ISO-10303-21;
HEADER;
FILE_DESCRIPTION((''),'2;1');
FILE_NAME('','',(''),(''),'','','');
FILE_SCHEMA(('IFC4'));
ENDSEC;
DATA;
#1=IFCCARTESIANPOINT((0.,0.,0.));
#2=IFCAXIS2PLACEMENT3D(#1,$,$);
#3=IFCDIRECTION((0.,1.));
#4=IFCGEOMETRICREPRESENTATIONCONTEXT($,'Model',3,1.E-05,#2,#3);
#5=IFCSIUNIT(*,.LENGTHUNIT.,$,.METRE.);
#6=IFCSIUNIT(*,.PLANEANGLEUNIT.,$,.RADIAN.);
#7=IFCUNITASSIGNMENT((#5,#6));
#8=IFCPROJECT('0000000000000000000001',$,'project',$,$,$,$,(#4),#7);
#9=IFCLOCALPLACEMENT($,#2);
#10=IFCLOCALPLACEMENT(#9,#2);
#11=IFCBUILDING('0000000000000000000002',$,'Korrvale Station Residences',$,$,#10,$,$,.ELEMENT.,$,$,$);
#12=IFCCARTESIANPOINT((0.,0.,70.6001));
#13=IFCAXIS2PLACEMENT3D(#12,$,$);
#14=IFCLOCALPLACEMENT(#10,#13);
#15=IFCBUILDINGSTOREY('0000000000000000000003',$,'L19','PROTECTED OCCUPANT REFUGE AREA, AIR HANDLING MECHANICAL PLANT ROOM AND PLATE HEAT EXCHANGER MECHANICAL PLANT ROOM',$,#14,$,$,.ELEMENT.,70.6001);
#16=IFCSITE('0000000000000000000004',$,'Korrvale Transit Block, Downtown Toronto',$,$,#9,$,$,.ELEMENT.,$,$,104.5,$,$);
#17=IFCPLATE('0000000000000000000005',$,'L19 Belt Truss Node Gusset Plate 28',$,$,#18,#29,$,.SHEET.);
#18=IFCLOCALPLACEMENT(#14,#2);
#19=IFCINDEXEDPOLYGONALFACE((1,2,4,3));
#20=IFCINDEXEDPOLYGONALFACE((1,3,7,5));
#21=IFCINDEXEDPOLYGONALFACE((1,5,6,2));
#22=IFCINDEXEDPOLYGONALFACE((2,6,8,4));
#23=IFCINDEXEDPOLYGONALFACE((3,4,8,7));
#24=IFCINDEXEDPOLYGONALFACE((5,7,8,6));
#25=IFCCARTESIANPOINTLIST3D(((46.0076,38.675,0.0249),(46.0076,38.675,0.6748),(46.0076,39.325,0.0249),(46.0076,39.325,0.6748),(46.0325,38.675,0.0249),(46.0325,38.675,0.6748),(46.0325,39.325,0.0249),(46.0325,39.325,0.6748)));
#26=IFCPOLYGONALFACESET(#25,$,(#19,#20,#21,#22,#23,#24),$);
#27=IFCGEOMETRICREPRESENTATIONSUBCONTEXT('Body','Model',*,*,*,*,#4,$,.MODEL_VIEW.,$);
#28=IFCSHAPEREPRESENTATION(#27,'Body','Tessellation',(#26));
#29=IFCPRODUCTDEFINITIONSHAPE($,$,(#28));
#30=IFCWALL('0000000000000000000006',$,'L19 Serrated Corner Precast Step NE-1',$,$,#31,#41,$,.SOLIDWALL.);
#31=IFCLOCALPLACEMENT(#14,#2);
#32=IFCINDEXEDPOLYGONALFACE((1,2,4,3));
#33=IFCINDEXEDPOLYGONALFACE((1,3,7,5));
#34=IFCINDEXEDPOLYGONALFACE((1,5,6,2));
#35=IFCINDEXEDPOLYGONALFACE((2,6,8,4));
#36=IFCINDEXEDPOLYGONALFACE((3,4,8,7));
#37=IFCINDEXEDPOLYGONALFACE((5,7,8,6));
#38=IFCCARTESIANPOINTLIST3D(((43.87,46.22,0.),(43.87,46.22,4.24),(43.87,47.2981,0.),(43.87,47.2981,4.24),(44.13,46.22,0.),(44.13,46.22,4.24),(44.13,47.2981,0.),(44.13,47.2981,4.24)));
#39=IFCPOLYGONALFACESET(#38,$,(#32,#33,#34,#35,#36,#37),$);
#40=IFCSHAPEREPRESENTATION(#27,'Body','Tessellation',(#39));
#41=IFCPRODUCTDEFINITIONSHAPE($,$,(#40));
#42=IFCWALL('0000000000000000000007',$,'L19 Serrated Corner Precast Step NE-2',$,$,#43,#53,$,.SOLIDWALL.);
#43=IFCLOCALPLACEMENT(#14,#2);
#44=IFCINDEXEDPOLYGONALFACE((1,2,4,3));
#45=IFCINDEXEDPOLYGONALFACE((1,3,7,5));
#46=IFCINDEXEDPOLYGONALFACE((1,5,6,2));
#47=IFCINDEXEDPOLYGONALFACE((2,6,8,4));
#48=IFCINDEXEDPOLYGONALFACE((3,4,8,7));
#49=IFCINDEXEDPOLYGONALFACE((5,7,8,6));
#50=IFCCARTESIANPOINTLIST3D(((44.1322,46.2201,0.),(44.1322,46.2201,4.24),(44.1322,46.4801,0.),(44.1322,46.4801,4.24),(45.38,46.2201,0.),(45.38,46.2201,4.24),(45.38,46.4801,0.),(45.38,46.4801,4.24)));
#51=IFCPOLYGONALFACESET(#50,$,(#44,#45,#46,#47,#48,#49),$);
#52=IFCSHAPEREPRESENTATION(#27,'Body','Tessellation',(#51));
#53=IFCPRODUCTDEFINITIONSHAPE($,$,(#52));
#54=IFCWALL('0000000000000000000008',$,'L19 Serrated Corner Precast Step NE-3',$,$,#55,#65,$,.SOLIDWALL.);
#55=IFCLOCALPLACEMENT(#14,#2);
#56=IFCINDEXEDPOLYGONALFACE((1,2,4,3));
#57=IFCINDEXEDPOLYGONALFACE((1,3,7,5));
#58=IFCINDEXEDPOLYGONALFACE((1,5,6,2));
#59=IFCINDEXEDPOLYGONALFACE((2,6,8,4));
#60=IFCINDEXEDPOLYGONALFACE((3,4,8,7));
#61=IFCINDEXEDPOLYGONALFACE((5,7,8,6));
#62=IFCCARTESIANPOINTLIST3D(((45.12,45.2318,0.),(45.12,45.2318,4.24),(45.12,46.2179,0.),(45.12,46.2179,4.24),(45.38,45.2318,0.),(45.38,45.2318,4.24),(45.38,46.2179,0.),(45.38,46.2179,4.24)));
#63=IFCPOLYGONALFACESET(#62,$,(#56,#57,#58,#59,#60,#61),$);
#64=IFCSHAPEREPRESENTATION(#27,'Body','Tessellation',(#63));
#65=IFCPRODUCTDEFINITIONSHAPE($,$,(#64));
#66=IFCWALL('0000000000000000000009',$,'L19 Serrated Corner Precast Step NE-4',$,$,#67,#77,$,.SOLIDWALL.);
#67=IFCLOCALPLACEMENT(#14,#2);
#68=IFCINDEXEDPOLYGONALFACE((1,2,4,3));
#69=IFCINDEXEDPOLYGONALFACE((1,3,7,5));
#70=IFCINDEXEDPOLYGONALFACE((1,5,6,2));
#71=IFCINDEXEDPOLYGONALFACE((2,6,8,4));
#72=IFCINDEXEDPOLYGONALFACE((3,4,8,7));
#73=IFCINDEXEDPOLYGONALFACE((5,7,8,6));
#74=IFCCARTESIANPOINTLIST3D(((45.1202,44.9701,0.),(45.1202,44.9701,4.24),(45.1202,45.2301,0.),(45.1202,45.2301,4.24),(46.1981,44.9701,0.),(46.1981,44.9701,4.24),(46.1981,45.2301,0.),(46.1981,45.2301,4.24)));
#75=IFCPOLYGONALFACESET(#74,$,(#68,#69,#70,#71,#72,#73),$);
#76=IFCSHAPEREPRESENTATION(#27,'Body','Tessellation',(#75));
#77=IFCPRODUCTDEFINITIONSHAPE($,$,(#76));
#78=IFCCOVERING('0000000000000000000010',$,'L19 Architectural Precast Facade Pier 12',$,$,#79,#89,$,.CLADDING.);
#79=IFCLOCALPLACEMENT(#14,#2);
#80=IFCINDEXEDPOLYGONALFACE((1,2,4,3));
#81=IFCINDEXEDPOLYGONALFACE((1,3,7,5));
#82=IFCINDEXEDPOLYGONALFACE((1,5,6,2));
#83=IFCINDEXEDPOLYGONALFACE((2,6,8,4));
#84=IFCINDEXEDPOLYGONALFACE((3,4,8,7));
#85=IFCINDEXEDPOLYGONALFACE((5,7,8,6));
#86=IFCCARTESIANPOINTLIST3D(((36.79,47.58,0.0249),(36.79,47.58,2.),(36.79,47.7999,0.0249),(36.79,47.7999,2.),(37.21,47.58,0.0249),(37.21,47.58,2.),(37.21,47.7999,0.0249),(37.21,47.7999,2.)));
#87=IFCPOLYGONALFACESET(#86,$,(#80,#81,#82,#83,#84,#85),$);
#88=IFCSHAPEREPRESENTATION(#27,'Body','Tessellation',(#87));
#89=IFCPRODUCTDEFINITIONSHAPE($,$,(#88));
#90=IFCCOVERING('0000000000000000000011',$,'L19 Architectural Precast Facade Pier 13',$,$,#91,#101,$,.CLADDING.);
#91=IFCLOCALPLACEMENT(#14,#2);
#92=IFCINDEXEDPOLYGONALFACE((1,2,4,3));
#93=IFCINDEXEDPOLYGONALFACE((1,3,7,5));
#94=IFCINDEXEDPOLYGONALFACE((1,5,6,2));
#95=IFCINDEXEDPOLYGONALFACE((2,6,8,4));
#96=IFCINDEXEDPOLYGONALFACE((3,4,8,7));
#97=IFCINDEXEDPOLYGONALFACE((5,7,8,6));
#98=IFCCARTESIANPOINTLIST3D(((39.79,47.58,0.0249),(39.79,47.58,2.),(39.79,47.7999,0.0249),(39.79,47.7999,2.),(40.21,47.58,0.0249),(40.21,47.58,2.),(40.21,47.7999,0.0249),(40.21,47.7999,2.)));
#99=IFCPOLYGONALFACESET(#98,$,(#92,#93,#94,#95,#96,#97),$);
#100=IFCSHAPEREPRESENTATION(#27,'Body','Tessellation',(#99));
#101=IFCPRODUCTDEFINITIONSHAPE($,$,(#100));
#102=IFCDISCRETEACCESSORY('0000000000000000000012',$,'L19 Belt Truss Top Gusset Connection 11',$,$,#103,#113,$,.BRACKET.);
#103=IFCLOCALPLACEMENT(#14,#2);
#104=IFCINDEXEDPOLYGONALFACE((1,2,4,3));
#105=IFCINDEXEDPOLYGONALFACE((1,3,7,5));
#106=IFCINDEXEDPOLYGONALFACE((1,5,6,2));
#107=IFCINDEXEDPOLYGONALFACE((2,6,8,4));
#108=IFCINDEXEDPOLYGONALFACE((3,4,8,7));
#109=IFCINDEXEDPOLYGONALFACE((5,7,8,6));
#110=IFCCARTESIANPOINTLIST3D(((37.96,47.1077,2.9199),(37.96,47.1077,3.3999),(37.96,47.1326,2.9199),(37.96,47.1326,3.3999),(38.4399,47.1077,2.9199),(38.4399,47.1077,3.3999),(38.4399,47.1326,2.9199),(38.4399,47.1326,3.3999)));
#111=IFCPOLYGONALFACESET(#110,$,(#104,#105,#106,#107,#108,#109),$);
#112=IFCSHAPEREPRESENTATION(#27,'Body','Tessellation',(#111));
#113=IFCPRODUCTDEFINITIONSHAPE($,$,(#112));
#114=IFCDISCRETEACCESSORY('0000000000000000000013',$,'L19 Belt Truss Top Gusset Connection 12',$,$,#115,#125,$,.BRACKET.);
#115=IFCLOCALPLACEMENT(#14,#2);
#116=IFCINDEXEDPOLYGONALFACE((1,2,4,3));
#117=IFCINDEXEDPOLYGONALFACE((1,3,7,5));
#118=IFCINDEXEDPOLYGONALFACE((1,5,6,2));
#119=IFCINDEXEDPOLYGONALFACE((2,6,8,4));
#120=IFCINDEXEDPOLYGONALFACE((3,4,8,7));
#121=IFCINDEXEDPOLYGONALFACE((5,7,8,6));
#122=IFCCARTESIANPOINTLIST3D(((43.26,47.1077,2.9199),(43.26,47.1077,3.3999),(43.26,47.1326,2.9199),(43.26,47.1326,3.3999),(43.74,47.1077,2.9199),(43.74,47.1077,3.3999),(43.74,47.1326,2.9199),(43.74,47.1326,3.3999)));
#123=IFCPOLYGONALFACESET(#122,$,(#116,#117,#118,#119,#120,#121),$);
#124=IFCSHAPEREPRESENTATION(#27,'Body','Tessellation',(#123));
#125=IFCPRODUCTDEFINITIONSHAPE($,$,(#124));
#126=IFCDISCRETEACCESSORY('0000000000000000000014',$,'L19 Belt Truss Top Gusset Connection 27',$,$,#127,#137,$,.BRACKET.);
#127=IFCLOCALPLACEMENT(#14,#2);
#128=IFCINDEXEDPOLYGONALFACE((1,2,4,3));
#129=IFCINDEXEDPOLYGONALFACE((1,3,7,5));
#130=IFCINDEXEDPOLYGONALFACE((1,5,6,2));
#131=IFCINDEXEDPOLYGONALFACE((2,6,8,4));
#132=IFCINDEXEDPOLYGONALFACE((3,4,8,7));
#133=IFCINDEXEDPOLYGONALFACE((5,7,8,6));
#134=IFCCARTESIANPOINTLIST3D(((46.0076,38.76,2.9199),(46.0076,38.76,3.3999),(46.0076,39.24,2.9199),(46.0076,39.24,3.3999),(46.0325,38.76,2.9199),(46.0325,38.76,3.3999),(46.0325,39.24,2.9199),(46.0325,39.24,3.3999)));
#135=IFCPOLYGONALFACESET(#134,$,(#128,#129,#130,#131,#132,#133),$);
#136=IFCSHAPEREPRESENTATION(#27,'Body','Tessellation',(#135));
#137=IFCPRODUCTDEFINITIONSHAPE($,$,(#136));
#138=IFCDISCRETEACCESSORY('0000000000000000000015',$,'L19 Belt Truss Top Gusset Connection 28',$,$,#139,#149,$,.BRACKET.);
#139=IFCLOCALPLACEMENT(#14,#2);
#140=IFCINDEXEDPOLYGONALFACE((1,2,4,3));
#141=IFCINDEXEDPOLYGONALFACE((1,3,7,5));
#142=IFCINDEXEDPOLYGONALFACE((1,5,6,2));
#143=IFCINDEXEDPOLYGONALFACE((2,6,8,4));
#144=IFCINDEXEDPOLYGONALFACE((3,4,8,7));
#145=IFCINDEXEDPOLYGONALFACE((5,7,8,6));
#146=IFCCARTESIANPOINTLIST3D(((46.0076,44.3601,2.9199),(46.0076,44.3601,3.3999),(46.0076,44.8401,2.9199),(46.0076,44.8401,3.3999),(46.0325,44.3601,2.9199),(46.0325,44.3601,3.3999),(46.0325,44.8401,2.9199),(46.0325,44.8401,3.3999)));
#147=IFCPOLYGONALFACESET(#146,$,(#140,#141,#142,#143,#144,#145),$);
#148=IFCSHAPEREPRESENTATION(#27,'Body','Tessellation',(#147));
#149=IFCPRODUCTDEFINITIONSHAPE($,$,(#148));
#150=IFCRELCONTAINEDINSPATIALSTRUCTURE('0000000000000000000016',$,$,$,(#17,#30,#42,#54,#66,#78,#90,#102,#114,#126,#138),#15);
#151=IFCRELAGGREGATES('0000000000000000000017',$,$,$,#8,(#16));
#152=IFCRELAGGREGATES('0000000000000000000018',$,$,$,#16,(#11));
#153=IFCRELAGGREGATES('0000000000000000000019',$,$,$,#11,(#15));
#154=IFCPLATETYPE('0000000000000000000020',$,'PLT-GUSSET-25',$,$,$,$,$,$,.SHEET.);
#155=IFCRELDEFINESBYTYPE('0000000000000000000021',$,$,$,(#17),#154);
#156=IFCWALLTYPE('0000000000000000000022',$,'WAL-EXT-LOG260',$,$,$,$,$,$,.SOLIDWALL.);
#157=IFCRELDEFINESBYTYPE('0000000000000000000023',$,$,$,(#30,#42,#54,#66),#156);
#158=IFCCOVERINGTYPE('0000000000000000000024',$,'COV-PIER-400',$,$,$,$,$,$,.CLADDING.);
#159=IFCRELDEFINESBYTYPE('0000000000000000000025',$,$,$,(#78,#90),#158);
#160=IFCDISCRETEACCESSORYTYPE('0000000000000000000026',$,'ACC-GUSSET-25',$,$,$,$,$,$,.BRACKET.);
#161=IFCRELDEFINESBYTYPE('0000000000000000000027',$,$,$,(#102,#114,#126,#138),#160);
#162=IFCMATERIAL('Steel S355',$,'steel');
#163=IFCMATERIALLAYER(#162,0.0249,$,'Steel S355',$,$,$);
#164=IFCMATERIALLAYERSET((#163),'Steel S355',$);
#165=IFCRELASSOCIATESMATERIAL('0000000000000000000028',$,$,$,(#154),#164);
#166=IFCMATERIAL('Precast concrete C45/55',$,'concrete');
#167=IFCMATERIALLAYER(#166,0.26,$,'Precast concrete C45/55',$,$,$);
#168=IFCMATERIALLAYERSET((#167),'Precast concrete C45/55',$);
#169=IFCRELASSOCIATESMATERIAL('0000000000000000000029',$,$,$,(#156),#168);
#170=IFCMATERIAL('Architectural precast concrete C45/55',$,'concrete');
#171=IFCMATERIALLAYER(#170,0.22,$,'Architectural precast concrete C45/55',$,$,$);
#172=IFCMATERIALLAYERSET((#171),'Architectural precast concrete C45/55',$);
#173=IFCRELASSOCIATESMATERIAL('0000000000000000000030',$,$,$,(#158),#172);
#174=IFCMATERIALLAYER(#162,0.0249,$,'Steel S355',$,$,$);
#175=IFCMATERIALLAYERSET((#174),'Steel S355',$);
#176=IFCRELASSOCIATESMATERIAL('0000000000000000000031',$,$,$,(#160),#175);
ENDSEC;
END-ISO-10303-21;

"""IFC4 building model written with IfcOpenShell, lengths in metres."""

from ifc_helpers import new_model, si_unit, direction, frame, frame_2d, origin, origin_2d, place, context, subcontext, project, spatial, rectangle, extrude, material, layer, layer_set, type_object, element, save


model = new_model("IFC4")

# Units and contexts
model_context = context("Model", 3, precision=1e-05, world=origin(), true_north=direction((0.0, 1.0)))
body_context = subcontext(model_context, "Body", "Model", "MODEL_VIEW")
ifc_project = project(units=[si_unit("LENGTHUNIT", "METRE"), si_unit("PLANEANGLEUNIT", "RADIAN")], contexts=[model_context])

# Site, building, storey
site_placement = place(None, origin())
site = spatial("IfcSite", under=ifc_project, at=site_placement, Name="Korrvale Transit Block, Downtown Toronto", CompositionType="ELEMENT", RefElevation=104.5)
building_placement = place(site_placement, origin())
building = spatial("IfcBuilding", under=site, at=building_placement, Name="Korrvale Station Residences", CompositionType="ELEMENT")
storey_placement = place(building_placement, frame((0.0, 0.0, 70.6001)))
storey = spatial("IfcBuildingStorey", under=building, at=storey_placement, Name="L19", Description="PROTECTED OCCUPANT REFUGE AREA, AIR HANDLING MECHANICAL PLANT ROOM AND PLATE HEAT EXCHANGER MECHANICAL PLANT ROOM", CompositionType="ELEMENT", Elevation=70.6001)

# Shared definitions
ifc_material_1 = material(Name="Steel S355", Category="steel")

# Plate
ifc_layer_1 = layer(ifc_material_1, 0.0249, Name="Steel S355")
ifc_layer_set_1 = layer_set([ifc_layer_1], Name="Steel S355")
plate_type = type_object("IfcPlateType", Name="PLT-GUSSET-25", PredefinedType="SHEET", material=ifc_layer_set_1)
for number, where, z_axis, x_axis, name in (
    (1, (46.02, 39.0, 0.0249), (0.0, 0.0, 1.0), (0.0, 1.0, 0.0), "L19 Belt Truss Node Gusset Plate 28"),
):
    element("IfcPlate", number, at=place(storey_placement, frame(where, z_axis=z_axis, x_axis=x_axis)), inside=storey, type_object=plate_type, Name=name, PredefinedType="SHEET", context=body_context, shape_type="SweptSolid", body=[
        extrude(rectangle(XDim=0.6499, YDim=0.0249, at=origin_2d()), origin(), (0.0, 0.0, 1.0), 0.6499),
    ])

# Walls
ifc_material_2 = material(Name="Precast concrete C45/55", Category="concrete")
ifc_layer_2 = layer(ifc_material_2, 0.26, Name="Precast concrete C45/55")
ifc_layer_set_2 = layer_set([ifc_layer_2], Name="Precast concrete C45/55")
wall_type = type_object("IfcWallType", Name="WAL-EXT-LOG260", PredefinedType="SOLIDWALL", material=ifc_layer_set_2)
wall_1_placement = place(storey_placement, frame((44.0, 47.2981, 0.0), z_axis=(0.0, 0.0, 1.0), x_axis=(0.0, -1.0, 0.0)))
element("IfcWall", 2, at=wall_1_placement, inside=storey, type_object=wall_type, Name="L19 Serrated Corner Precast Step NE-1", PredefinedType="SOLIDWALL", context=body_context, shape_type="SweptSolid", body=[
    extrude(rectangle(XDim=1.0781, YDim=0.26, at=frame_2d((0.5391, 0.0))), origin(), (0.0, 0.0, 1.0), 4.24),
])
wall_2_placement = place(storey_placement, frame((44.1321, 46.3501, 0.0), z_axis=(0.0, 0.0, 1.0), x_axis=(1.0, 0.0, 0.0)))
element("IfcWall", 3, at=wall_2_placement, inside=storey, type_object=wall_type, Name="L19 Serrated Corner Precast Step NE-2", PredefinedType="SOLIDWALL", context=body_context, shape_type="SweptSolid", body=[
    extrude(rectangle(XDim=1.2478, YDim=0.26, at=frame_2d((0.624, 0.0))), origin(), (0.0, 0.0, 1.0), 4.24),
])
wall_3_placement = place(storey_placement, frame((45.25, 46.218, 0.0), z_axis=(0.0, 0.0, 1.0), x_axis=(0.0, -1.0, 0.0)))
element("IfcWall", 4, at=wall_3_placement, inside=storey, type_object=wall_type, Name="L19 Serrated Corner Precast Step NE-3", PredefinedType="SOLIDWALL", context=body_context, shape_type="SweptSolid", body=[
    extrude(rectangle(XDim=0.9861, YDim=0.26, at=frame_2d((0.4932, 0.0))), origin(), (0.0, 0.0, 1.0), 4.24),
])
wall_4_placement = place(storey_placement, frame((45.1201, 45.1001, 0.0), z_axis=(0.0, 0.0, 1.0), x_axis=(1.0, 0.0, 0.0)))
element("IfcWall", 5, at=wall_4_placement, inside=storey, type_object=wall_type, Name="L19 Serrated Corner Precast Step NE-4", PredefinedType="SOLIDWALL", context=body_context, shape_type="SweptSolid", body=[
    extrude(rectangle(XDim=1.0779, YDim=0.26, at=frame_2d((0.5391, 0.0))), origin(), (0.0, 0.0, 1.0), 4.24),
])

# Coverings
ifc_material_3 = material(Name="Architectural precast concrete C45/55", Category="concrete")
ifc_layer_3 = layer(ifc_material_3, 0.22, Name="Architectural precast concrete C45/55")
ifc_layer_set_3 = layer_set([ifc_layer_3], Name="Architectural precast concrete C45/55")
covering_type = type_object("IfcCoveringType", Name="COV-PIER-400", PredefinedType="CLADDING", material=ifc_layer_set_3)
for number, where, z_axis, x_axis, name in (
    (6, (37.0, 47.6899, 0.0249), (0.0, 0.0, 1.0), (1.0, 0.0, 0.0), "L19 Architectural Precast Facade Pier 12"),
    (7, (40.0, 47.6899, 0.0249), (0.0, 0.0, 1.0), (1.0, 0.0, 0.0), "L19 Architectural Precast Facade Pier 13"),
):
    element("IfcCovering", number, at=place(storey_placement, frame(where, z_axis=z_axis, x_axis=x_axis)), inside=storey, type_object=covering_type, Name=name, PredefinedType="CLADDING", context=body_context, shape_type="SweptSolid", body=[
        extrude(rectangle(XDim=0.4199, YDim=0.22, at=origin_2d()), origin(), (0.0, 0.0, 1.0), 1.9751),
    ])

# Discrete accessories
ifc_layer_4 = layer(ifc_material_1, 0.0249, Name="Steel S355")
ifc_layer_set_4 = layer_set([ifc_layer_4], Name="Steel S355")
discrete_accessory_type = type_object("IfcDiscreteAccessoryType", Name="ACC-GUSSET-25", PredefinedType="BRACKET", material=ifc_layer_set_4)
for number, where, z_axis, x_axis, name in (
    (8, (38.2, 47.1201, 2.9199), (0.0, 0.0, 1.0), (1.0, 0.0, 0.0), "L19 Belt Truss Top Gusset Connection 11"),
    (9, (43.5, 47.1201, 2.9199), (0.0, 0.0, 1.0), (1.0, 0.0, 0.0), "L19 Belt Truss Top Gusset Connection 12"),
    (10, (46.02, 39.0, 2.9199), (0.0, 0.0, 1.0), (0.0, 1.0, 0.0), "L19 Belt Truss Top Gusset Connection 27"),
    (11, (46.02, 44.6001, 2.9199), (0.0, 0.0, 1.0), (0.0, 1.0, 0.0), "L19 Belt Truss Top Gusset Connection 28"),
):
    element("IfcDiscreteAccessory", number, at=place(storey_placement, frame(where, z_axis=z_axis, x_axis=x_axis)), inside=storey, type_object=discrete_accessory_type, Name=name, PredefinedType="BRACKET", context=body_context, shape_type="SweptSolid", body=[
        extrude(rectangle(XDim=0.48, YDim=0.0249, at=origin_2d()), origin(), (0.0, 0.0, 1.0), 0.48),
    ])

save(model, "model.ifc")
